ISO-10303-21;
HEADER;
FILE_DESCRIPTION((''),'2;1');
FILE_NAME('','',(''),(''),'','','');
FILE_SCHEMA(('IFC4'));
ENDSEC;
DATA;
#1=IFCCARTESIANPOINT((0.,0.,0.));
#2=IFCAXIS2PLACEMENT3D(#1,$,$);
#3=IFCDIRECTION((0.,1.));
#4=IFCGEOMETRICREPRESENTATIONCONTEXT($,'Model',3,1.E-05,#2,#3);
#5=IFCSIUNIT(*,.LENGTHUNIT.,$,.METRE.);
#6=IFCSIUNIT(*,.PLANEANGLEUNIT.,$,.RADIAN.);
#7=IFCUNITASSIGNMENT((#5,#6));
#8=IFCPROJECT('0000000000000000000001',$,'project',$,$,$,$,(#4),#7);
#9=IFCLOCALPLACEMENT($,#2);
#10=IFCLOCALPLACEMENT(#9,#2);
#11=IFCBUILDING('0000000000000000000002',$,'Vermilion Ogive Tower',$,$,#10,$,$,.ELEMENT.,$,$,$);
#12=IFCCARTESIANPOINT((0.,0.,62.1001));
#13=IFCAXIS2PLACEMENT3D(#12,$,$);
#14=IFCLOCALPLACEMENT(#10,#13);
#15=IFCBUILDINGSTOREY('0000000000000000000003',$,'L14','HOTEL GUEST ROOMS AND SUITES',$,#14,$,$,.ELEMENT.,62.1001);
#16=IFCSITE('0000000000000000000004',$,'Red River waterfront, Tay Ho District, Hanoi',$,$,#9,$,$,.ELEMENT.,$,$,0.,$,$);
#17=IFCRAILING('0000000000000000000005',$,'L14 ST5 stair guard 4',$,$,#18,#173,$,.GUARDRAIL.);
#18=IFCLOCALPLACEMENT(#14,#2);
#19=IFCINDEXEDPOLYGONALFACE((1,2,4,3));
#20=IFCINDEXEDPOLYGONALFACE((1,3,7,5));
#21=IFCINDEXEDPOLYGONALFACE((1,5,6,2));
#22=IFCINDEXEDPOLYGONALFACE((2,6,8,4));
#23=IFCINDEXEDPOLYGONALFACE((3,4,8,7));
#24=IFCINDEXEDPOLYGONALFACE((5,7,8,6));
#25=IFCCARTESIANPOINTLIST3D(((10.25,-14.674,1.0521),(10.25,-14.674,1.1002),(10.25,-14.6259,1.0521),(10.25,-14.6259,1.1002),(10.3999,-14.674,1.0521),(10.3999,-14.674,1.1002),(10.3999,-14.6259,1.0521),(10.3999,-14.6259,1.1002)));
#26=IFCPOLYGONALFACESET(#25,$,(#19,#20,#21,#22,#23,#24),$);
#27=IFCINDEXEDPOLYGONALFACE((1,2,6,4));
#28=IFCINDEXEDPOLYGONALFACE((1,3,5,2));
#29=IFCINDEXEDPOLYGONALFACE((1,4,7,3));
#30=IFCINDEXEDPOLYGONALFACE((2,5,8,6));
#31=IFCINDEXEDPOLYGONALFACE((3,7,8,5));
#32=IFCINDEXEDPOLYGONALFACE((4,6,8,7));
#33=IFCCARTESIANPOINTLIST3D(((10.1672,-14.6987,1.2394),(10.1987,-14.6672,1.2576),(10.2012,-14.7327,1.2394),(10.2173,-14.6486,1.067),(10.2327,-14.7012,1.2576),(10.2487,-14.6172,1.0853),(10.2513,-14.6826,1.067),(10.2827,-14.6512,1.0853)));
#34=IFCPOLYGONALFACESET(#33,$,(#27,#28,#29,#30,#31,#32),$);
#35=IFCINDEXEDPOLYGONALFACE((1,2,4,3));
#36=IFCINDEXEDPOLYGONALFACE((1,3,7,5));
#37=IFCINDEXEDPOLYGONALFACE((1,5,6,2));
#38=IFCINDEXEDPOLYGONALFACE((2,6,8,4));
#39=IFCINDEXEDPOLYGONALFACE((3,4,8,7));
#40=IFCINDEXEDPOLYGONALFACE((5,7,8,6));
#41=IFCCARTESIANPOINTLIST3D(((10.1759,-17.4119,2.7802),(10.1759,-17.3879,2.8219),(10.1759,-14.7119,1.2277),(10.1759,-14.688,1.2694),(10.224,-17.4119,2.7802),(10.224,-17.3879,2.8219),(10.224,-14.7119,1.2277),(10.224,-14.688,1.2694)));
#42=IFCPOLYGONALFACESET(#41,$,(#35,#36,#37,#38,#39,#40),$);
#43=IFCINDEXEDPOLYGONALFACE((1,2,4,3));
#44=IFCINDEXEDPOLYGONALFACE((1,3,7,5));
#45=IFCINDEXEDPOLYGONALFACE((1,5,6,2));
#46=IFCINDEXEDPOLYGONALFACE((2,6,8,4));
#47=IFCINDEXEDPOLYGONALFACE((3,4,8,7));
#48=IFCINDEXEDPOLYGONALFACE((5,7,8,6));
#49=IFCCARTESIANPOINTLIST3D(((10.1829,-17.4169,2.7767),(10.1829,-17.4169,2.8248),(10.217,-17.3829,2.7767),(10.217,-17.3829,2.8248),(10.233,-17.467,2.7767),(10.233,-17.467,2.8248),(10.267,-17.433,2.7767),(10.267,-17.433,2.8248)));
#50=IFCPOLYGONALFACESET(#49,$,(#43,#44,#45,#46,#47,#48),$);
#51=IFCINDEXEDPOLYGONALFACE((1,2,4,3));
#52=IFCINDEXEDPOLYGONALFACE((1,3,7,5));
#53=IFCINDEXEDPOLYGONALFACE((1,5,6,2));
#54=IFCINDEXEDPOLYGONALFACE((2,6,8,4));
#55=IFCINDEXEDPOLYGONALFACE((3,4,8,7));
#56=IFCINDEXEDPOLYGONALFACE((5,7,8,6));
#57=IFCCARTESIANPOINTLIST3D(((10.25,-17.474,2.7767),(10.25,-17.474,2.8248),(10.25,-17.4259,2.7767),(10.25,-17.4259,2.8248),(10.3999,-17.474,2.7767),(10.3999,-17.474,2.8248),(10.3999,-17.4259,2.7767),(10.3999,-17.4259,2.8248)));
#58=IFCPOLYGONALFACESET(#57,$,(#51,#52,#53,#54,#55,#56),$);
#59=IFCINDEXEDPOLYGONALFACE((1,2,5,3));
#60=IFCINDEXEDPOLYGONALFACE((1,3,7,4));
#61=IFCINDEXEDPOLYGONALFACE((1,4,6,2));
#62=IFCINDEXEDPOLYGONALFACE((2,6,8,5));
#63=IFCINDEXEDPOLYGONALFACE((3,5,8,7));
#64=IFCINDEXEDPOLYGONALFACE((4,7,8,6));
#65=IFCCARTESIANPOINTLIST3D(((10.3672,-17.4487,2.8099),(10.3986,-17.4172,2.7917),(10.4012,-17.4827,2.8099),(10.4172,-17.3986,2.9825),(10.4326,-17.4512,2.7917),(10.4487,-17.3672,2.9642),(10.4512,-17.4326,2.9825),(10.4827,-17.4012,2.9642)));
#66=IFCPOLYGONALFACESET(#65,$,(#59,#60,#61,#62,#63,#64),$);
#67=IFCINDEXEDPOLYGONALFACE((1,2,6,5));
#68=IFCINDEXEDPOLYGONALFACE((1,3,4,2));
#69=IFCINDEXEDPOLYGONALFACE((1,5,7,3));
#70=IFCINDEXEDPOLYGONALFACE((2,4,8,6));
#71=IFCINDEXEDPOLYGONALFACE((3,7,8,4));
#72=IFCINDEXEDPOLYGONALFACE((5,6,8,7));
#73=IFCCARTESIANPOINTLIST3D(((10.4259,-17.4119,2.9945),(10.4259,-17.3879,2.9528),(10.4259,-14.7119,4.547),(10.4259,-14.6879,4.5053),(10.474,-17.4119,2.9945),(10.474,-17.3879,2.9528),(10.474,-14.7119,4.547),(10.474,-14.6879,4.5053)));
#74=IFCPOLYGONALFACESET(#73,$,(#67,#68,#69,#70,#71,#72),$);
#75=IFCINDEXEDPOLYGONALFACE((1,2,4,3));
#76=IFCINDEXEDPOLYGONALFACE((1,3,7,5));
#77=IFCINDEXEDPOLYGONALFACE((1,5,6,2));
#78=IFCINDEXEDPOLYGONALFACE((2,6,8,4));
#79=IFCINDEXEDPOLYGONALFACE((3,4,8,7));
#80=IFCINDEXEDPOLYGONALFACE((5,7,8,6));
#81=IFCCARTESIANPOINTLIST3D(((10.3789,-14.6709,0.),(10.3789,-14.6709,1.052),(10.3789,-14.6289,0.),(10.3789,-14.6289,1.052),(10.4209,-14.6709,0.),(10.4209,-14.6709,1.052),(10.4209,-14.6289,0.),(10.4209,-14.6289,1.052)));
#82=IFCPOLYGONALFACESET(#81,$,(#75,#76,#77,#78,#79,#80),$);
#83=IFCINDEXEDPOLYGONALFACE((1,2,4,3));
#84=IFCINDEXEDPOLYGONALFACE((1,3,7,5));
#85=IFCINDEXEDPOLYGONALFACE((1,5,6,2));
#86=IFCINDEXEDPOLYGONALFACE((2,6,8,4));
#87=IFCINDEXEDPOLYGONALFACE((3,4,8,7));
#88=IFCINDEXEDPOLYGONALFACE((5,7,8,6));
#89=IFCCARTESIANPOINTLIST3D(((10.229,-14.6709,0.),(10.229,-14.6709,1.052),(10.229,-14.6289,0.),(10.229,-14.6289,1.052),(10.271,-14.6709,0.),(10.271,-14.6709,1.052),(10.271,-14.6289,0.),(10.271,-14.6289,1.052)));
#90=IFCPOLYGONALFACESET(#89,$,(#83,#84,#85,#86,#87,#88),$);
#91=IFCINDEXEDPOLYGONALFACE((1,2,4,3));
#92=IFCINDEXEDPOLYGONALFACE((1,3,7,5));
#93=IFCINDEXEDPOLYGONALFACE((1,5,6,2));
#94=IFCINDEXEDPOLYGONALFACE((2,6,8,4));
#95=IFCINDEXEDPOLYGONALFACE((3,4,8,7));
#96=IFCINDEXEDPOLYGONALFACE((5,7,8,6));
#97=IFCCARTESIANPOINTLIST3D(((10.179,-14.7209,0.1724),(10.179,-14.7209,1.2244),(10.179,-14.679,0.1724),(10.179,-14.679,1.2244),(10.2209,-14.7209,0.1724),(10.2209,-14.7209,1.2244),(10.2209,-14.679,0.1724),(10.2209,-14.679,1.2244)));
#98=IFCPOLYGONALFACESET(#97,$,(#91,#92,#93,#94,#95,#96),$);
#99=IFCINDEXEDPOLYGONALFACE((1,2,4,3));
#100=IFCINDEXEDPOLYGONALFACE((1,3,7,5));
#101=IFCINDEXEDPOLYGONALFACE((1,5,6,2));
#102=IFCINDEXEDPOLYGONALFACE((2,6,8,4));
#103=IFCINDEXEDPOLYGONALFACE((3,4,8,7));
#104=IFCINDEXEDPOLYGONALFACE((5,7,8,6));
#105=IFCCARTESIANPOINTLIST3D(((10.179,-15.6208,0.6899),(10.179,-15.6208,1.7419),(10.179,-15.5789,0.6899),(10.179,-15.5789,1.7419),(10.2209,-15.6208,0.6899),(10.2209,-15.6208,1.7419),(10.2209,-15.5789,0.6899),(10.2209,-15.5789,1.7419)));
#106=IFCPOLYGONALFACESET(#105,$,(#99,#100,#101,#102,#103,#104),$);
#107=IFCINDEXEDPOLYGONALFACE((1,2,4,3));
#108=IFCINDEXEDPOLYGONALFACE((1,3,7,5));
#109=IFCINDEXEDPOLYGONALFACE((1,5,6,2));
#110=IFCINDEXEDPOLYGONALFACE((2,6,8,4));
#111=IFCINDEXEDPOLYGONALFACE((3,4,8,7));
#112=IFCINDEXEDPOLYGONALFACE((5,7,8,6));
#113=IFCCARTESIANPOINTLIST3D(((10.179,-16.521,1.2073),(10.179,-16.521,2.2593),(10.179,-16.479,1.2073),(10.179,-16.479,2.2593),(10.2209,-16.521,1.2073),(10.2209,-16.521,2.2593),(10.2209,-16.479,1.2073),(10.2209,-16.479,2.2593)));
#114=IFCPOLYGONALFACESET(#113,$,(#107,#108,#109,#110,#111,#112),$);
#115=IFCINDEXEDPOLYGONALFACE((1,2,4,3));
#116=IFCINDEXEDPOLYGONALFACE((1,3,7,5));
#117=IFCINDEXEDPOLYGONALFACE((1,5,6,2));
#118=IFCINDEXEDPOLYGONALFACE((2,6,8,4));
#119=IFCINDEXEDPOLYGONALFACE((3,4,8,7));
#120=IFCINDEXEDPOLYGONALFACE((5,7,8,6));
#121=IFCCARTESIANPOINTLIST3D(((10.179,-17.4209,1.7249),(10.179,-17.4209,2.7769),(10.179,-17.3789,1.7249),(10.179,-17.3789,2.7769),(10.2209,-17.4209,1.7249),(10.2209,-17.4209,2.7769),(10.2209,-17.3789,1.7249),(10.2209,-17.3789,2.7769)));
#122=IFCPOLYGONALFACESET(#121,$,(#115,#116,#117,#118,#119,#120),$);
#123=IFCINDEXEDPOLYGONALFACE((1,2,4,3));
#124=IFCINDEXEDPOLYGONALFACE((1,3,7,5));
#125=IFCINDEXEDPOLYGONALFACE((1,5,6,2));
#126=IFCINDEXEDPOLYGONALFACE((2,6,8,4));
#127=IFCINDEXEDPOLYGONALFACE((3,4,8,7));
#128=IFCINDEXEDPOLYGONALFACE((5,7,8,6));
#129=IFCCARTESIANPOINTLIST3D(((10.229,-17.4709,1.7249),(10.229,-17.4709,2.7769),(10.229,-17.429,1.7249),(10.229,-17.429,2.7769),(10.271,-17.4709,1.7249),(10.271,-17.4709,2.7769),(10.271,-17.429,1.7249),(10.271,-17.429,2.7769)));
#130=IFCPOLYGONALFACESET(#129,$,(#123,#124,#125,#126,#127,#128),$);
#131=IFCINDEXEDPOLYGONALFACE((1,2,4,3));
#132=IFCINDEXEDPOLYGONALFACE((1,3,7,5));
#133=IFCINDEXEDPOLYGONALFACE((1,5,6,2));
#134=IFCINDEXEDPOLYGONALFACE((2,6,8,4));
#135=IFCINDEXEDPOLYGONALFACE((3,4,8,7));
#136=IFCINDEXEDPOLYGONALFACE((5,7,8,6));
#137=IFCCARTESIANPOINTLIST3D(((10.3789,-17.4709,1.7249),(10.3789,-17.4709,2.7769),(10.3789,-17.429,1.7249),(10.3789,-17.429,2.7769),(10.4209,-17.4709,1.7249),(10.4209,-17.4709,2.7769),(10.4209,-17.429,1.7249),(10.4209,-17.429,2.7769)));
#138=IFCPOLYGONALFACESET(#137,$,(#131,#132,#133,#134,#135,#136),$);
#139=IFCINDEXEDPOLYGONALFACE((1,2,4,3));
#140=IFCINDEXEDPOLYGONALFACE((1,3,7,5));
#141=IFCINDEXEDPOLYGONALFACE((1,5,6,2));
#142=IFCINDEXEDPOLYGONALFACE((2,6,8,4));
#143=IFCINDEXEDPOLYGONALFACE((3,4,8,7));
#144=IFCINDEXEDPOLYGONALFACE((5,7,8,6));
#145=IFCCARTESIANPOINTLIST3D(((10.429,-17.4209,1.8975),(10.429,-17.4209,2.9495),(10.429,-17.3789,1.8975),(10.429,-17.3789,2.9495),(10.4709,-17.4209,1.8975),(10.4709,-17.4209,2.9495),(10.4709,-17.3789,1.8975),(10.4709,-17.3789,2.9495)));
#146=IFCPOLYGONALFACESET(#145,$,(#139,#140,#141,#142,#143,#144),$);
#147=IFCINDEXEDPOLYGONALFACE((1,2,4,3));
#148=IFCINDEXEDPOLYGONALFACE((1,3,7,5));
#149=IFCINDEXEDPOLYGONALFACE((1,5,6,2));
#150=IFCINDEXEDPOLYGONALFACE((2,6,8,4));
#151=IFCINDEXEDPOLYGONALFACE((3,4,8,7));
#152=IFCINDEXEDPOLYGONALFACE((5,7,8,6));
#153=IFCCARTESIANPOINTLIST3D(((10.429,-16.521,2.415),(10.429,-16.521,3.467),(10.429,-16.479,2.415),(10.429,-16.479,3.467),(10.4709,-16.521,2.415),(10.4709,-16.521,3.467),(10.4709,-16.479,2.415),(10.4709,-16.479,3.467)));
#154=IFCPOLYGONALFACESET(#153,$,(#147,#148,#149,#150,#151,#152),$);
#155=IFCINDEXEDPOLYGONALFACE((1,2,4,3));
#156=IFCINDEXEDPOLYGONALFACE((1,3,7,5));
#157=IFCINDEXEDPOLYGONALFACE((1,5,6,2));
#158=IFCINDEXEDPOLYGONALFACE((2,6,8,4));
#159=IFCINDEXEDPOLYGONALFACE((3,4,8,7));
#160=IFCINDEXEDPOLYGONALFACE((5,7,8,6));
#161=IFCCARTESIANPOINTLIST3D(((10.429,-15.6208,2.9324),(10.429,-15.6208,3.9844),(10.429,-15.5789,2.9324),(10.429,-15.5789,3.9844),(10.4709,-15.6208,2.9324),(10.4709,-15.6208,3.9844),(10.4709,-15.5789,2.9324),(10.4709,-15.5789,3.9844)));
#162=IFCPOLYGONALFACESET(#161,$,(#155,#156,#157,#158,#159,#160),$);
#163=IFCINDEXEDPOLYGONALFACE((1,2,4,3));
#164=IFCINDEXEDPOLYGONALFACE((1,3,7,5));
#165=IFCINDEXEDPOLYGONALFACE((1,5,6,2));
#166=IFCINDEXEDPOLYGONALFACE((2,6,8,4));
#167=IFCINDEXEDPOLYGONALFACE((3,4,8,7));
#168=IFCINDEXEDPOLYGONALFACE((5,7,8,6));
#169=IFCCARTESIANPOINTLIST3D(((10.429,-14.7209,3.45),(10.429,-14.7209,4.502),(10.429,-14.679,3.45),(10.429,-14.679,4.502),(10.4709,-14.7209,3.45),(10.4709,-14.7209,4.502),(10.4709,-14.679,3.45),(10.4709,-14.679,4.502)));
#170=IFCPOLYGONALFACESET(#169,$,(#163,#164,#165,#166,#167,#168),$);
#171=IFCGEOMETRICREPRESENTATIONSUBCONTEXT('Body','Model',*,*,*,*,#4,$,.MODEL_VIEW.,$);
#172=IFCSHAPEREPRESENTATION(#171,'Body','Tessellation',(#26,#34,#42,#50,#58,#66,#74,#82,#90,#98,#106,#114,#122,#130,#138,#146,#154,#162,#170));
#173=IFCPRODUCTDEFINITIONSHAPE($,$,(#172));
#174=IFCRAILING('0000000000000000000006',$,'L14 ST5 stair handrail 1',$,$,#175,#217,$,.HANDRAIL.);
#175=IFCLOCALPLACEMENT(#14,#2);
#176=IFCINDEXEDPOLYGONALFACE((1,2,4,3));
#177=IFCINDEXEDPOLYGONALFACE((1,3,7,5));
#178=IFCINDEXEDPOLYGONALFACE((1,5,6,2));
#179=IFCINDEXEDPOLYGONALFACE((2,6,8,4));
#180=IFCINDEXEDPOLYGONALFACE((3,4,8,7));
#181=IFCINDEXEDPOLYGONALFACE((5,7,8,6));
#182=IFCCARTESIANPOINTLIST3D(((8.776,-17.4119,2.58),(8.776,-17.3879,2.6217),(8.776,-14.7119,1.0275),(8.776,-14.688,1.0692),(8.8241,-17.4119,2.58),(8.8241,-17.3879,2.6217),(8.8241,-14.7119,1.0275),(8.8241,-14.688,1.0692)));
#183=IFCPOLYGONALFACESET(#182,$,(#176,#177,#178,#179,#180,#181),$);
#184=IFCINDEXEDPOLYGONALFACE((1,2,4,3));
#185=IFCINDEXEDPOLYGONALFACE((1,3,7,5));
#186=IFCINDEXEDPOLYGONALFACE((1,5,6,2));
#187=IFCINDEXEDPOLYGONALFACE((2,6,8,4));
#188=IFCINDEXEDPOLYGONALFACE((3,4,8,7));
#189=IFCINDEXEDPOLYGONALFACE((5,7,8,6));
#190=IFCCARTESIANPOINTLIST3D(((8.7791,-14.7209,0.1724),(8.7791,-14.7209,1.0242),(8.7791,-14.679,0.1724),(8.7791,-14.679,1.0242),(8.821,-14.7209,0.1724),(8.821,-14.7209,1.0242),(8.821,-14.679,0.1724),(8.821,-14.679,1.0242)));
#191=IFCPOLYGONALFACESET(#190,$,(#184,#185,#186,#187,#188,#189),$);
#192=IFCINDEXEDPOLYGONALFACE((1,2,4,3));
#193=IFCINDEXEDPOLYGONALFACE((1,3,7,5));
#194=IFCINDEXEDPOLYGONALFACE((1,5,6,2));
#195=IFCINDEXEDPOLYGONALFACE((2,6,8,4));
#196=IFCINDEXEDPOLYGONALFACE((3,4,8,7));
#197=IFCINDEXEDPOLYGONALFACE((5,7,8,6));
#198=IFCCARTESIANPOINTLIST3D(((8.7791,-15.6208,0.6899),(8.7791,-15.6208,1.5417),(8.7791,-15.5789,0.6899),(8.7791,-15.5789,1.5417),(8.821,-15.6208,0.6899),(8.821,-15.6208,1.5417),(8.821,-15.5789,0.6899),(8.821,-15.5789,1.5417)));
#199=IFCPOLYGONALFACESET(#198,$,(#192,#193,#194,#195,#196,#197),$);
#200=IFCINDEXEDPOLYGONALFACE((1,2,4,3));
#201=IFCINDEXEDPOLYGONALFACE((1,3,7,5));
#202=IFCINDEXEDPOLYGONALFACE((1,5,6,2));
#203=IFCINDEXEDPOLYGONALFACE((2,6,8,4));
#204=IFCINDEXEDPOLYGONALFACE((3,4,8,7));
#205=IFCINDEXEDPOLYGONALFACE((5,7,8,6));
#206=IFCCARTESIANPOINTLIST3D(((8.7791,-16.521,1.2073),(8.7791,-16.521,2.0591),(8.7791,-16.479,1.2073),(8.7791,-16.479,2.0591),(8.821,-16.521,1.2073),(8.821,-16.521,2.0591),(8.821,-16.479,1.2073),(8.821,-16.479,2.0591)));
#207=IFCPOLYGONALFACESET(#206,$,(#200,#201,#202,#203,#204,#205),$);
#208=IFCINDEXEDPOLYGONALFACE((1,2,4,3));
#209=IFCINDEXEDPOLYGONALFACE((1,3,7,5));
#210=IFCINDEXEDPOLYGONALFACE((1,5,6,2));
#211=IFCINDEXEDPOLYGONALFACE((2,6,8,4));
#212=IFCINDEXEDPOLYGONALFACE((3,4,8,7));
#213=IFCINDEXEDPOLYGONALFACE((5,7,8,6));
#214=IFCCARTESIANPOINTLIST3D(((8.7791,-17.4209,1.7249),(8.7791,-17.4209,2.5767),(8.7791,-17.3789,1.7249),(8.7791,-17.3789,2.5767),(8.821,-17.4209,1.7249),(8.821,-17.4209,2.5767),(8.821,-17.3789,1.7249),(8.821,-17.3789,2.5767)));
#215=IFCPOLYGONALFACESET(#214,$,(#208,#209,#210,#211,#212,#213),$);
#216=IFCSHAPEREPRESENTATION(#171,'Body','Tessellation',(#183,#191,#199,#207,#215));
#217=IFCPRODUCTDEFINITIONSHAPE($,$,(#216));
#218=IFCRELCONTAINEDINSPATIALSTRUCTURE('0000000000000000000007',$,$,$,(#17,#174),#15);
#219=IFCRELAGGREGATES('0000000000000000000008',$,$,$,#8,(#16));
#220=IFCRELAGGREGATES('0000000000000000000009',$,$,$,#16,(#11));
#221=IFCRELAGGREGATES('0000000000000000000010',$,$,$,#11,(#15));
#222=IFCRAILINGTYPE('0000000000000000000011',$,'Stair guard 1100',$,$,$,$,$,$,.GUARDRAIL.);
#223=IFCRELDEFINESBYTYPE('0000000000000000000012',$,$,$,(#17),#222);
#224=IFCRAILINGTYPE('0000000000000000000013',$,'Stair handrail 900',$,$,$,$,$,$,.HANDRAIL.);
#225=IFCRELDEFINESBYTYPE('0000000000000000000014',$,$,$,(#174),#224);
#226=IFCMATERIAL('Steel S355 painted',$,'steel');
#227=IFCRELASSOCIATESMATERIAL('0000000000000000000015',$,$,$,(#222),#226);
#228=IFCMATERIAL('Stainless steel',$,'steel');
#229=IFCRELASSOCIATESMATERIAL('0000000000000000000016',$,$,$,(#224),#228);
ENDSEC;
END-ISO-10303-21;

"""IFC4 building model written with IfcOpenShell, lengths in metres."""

from ifc_helpers import new_model, si_unit, direction, frame, origin, origin_2d, place, context, subcontext, project, spatial, rectangle, extrude, material, type_object, element, save


model = new_model("IFC4")

# Units and contexts
model_context = context("Model", 3, precision=1e-05, world=origin(), true_north=direction((0.0, 1.0)))
body_context = subcontext(model_context, "Body", "Model", "MODEL_VIEW")
ifc_project = project(units=[si_unit("LENGTHUNIT", "METRE"), si_unit("PLANEANGLEUNIT", "RADIAN")], contexts=[model_context])

# Site, building, storey
site_placement = place(None, origin())
site = spatial("IfcSite", under=ifc_project, at=site_placement, Name="Red River waterfront, Tay Ho District, Hanoi", CompositionType="ELEMENT", RefElevation=0.0)
building_placement = place(site_placement, origin())
building = spatial("IfcBuilding", under=site, at=building_placement, Name="Vermilion Ogive Tower", CompositionType="ELEMENT")
storey_placement = place(building_placement, frame((0.0, 0.0, 62.1001)))
storey = spatial("IfcBuildingStorey", under=building, at=storey_placement, Name="L14", Description="HOTEL GUEST ROOMS AND SUITES", CompositionType="ELEMENT", Elevation=62.1001)

# Railings
ifc_material_1 = material(Name="Steel S355 painted", Category="steel")
railing_type_1 = type_object("IfcRailingType", Name="Stair guard 1100", PredefinedType="GUARDRAIL", material=ifc_material_1)
railing_1_placement = place(storey_placement, frame((10.3999, -14.6499, 0.0)))
element("IfcRailing", 1, at=railing_1_placement, inside=storey, type_object=railing_type_1, Name="L14 ST5 stair guard 4", PredefinedType="GUARDRAIL", context=body_context, shape_type="SweptSolid", body=[
    extrude(rectangle(XDim=0.0481, YDim=0.0481, at=origin_2d()), frame((0.0, 0.0, 1.0762), z_axis=(-1.0, 0.0, 0.0), x_axis=(0.0, -1.0, 0.0)), (0.0, 0.0, 1.0), 0.1499),
    extrude(rectangle(XDim=0.0481, YDim=0.0481, at=origin_2d()), frame((-0.1499, 0.0, 1.0762), z_axis=(-0.268603, -0.268603, 0.925043), x_axis=(0.707107, -0.707107, 0.0)), (0.0, 0.0, 1.0), 0.1863),
    extrude(rectangle(XDim=0.0481, YDim=0.0481, at=origin_2d()), frame((-0.2, -0.05, 1.2485), z_axis=(0.0, -0.866904, 0.498476), x_axis=(1.0, 0.0, 0.0)), (0.0, 0.0, 1.0), 3.1145),
    extrude(rectangle(XDim=0.0481, YDim=0.0481, at=origin_2d()), frame((-0.2, -2.75, 2.8008), z_axis=(0.707107, -0.707107, 0.0), x_axis=(0.707107, 0.707107, 0.0)), (0.0, 0.0, 1.0), 0.0708),
    extrude(rectangle(XDim=0.0481, YDim=0.0481, at=origin_2d()), frame((-0.1499, -2.8, 2.8008), z_axis=(1.0, 0.0, 0.0), x_axis=(0.0, 1.0, 0.0)), (0.0, 0.0, 1.0), 0.1499),
    extrude(rectangle(XDim=0.0481, YDim=0.0481, at=origin_2d()), frame((0.0, -2.8, 2.8008), z_axis=(0.268278, 0.268278, 0.925232), x_axis=(-0.707107, 0.707107, 0.0)), (0.0, 0.0, 1.0), 0.1865),
    extrude(rectangle(XDim=0.0481, YDim=0.0481, at=origin_2d()), frame((0.05, -2.75, 2.9736), z_axis=(0.0, 0.866904, 0.498476), x_axis=(-1.0, 0.0, 0.0)), (0.0, 0.0, 1.0), 3.1145),
    extrude(rectangle(XDim=0.042, YDim=0.042, at=origin_2d()), origin(), (0.0, 0.0, 1.0), 1.052),
    extrude(rectangle(XDim=0.042, YDim=0.042, at=origin_2d()), frame((-0.1499, 0.0, 0.0)), (0.0, 0.0, 1.0), 1.052),
    extrude(rectangle(XDim=0.042, YDim=0.042, at=origin_2d()), frame((-0.2, -0.05, 0.1724)), (0.0, 0.0, 1.0), 1.052),
    extrude(rectangle(XDim=0.042, YDim=0.042, at=origin_2d()), frame((-0.2, -0.95, 0.6899)), (0.0, 0.0, 1.0), 1.052),
    extrude(rectangle(XDim=0.042, YDim=0.042, at=origin_2d()), frame((-0.2, -1.8501, 1.2073)), (0.0, 0.0, 1.0), 1.052),
    extrude(rectangle(XDim=0.042, YDim=0.042, at=origin_2d()), frame((-0.2, -2.75, 1.7249)), (0.0, 0.0, 1.0), 1.052),
    extrude(rectangle(XDim=0.042, YDim=0.042, at=origin_2d()), frame((-0.1499, -2.8, 1.7249)), (0.0, 0.0, 1.0), 1.052),
    extrude(rectangle(XDim=0.042, YDim=0.042, at=origin_2d()), frame((0.0, -2.8, 1.7249)), (0.0, 0.0, 1.0), 1.052),
    extrude(rectangle(XDim=0.042, YDim=0.042, at=origin_2d()), frame((0.05, -2.75, 1.8975)), (0.0, 0.0, 1.0), 1.052),
    extrude(rectangle(XDim=0.042, YDim=0.042, at=origin_2d()), frame((0.05, -1.8501, 2.415)), (0.0, 0.0, 1.0), 1.052),
    extrude(rectangle(XDim=0.042, YDim=0.042, at=origin_2d()), frame((0.05, -0.95, 2.9324)), (0.0, 0.0, 1.0), 1.052),
    extrude(rectangle(XDim=0.042, YDim=0.042, at=origin_2d()), frame((0.05, -0.05, 3.45)), (0.0, 0.0, 1.0), 1.052),
])
ifc_material_2 = material(Name="Stainless steel", Category="steel")
railing_type_2 = type_object("IfcRailingType", Name="Stair handrail 900", PredefinedType="HANDRAIL", material=ifc_material_2)
railing_2_placement = place(storey_placement, frame((8.8, -14.7, 0.1724)))
element("IfcRailing", 2, at=railing_2_placement, inside=storey, type_object=railing_type_2, Name="L14 ST5 stair handrail 1", PredefinedType="HANDRAIL", context=body_context, shape_type="SweptSolid", body=[
    extrude(rectangle(XDim=0.0481, YDim=0.0481, at=origin_2d()), frame((0.0, 0.0, 0.876), z_axis=(0.0, -0.866904, 0.498476), x_axis=(1.0, 0.0, 0.0)), (0.0, 0.0, 1.0), 3.1145),
    extrude(rectangle(XDim=0.042, YDim=0.042, at=origin_2d()), origin(), (0.0, 0.0, 1.0), 0.8518),
    extrude(rectangle(XDim=0.042, YDim=0.042, at=origin_2d()), frame((0.0, -0.8999, 0.5176)), (0.0, 0.0, 1.0), 0.8518),
    extrude(rectangle(XDim=0.042, YDim=0.042, at=origin_2d()), frame((0.0, -1.8, 1.0349)), (0.0, 0.0, 1.0), 0.8518),
    extrude(rectangle(XDim=0.042, YDim=0.042, at=origin_2d()), frame((0.0, -2.7, 1.5525)), (0.0, 0.0, 1.0), 0.8518),
])

save(model, "model.ifc")
